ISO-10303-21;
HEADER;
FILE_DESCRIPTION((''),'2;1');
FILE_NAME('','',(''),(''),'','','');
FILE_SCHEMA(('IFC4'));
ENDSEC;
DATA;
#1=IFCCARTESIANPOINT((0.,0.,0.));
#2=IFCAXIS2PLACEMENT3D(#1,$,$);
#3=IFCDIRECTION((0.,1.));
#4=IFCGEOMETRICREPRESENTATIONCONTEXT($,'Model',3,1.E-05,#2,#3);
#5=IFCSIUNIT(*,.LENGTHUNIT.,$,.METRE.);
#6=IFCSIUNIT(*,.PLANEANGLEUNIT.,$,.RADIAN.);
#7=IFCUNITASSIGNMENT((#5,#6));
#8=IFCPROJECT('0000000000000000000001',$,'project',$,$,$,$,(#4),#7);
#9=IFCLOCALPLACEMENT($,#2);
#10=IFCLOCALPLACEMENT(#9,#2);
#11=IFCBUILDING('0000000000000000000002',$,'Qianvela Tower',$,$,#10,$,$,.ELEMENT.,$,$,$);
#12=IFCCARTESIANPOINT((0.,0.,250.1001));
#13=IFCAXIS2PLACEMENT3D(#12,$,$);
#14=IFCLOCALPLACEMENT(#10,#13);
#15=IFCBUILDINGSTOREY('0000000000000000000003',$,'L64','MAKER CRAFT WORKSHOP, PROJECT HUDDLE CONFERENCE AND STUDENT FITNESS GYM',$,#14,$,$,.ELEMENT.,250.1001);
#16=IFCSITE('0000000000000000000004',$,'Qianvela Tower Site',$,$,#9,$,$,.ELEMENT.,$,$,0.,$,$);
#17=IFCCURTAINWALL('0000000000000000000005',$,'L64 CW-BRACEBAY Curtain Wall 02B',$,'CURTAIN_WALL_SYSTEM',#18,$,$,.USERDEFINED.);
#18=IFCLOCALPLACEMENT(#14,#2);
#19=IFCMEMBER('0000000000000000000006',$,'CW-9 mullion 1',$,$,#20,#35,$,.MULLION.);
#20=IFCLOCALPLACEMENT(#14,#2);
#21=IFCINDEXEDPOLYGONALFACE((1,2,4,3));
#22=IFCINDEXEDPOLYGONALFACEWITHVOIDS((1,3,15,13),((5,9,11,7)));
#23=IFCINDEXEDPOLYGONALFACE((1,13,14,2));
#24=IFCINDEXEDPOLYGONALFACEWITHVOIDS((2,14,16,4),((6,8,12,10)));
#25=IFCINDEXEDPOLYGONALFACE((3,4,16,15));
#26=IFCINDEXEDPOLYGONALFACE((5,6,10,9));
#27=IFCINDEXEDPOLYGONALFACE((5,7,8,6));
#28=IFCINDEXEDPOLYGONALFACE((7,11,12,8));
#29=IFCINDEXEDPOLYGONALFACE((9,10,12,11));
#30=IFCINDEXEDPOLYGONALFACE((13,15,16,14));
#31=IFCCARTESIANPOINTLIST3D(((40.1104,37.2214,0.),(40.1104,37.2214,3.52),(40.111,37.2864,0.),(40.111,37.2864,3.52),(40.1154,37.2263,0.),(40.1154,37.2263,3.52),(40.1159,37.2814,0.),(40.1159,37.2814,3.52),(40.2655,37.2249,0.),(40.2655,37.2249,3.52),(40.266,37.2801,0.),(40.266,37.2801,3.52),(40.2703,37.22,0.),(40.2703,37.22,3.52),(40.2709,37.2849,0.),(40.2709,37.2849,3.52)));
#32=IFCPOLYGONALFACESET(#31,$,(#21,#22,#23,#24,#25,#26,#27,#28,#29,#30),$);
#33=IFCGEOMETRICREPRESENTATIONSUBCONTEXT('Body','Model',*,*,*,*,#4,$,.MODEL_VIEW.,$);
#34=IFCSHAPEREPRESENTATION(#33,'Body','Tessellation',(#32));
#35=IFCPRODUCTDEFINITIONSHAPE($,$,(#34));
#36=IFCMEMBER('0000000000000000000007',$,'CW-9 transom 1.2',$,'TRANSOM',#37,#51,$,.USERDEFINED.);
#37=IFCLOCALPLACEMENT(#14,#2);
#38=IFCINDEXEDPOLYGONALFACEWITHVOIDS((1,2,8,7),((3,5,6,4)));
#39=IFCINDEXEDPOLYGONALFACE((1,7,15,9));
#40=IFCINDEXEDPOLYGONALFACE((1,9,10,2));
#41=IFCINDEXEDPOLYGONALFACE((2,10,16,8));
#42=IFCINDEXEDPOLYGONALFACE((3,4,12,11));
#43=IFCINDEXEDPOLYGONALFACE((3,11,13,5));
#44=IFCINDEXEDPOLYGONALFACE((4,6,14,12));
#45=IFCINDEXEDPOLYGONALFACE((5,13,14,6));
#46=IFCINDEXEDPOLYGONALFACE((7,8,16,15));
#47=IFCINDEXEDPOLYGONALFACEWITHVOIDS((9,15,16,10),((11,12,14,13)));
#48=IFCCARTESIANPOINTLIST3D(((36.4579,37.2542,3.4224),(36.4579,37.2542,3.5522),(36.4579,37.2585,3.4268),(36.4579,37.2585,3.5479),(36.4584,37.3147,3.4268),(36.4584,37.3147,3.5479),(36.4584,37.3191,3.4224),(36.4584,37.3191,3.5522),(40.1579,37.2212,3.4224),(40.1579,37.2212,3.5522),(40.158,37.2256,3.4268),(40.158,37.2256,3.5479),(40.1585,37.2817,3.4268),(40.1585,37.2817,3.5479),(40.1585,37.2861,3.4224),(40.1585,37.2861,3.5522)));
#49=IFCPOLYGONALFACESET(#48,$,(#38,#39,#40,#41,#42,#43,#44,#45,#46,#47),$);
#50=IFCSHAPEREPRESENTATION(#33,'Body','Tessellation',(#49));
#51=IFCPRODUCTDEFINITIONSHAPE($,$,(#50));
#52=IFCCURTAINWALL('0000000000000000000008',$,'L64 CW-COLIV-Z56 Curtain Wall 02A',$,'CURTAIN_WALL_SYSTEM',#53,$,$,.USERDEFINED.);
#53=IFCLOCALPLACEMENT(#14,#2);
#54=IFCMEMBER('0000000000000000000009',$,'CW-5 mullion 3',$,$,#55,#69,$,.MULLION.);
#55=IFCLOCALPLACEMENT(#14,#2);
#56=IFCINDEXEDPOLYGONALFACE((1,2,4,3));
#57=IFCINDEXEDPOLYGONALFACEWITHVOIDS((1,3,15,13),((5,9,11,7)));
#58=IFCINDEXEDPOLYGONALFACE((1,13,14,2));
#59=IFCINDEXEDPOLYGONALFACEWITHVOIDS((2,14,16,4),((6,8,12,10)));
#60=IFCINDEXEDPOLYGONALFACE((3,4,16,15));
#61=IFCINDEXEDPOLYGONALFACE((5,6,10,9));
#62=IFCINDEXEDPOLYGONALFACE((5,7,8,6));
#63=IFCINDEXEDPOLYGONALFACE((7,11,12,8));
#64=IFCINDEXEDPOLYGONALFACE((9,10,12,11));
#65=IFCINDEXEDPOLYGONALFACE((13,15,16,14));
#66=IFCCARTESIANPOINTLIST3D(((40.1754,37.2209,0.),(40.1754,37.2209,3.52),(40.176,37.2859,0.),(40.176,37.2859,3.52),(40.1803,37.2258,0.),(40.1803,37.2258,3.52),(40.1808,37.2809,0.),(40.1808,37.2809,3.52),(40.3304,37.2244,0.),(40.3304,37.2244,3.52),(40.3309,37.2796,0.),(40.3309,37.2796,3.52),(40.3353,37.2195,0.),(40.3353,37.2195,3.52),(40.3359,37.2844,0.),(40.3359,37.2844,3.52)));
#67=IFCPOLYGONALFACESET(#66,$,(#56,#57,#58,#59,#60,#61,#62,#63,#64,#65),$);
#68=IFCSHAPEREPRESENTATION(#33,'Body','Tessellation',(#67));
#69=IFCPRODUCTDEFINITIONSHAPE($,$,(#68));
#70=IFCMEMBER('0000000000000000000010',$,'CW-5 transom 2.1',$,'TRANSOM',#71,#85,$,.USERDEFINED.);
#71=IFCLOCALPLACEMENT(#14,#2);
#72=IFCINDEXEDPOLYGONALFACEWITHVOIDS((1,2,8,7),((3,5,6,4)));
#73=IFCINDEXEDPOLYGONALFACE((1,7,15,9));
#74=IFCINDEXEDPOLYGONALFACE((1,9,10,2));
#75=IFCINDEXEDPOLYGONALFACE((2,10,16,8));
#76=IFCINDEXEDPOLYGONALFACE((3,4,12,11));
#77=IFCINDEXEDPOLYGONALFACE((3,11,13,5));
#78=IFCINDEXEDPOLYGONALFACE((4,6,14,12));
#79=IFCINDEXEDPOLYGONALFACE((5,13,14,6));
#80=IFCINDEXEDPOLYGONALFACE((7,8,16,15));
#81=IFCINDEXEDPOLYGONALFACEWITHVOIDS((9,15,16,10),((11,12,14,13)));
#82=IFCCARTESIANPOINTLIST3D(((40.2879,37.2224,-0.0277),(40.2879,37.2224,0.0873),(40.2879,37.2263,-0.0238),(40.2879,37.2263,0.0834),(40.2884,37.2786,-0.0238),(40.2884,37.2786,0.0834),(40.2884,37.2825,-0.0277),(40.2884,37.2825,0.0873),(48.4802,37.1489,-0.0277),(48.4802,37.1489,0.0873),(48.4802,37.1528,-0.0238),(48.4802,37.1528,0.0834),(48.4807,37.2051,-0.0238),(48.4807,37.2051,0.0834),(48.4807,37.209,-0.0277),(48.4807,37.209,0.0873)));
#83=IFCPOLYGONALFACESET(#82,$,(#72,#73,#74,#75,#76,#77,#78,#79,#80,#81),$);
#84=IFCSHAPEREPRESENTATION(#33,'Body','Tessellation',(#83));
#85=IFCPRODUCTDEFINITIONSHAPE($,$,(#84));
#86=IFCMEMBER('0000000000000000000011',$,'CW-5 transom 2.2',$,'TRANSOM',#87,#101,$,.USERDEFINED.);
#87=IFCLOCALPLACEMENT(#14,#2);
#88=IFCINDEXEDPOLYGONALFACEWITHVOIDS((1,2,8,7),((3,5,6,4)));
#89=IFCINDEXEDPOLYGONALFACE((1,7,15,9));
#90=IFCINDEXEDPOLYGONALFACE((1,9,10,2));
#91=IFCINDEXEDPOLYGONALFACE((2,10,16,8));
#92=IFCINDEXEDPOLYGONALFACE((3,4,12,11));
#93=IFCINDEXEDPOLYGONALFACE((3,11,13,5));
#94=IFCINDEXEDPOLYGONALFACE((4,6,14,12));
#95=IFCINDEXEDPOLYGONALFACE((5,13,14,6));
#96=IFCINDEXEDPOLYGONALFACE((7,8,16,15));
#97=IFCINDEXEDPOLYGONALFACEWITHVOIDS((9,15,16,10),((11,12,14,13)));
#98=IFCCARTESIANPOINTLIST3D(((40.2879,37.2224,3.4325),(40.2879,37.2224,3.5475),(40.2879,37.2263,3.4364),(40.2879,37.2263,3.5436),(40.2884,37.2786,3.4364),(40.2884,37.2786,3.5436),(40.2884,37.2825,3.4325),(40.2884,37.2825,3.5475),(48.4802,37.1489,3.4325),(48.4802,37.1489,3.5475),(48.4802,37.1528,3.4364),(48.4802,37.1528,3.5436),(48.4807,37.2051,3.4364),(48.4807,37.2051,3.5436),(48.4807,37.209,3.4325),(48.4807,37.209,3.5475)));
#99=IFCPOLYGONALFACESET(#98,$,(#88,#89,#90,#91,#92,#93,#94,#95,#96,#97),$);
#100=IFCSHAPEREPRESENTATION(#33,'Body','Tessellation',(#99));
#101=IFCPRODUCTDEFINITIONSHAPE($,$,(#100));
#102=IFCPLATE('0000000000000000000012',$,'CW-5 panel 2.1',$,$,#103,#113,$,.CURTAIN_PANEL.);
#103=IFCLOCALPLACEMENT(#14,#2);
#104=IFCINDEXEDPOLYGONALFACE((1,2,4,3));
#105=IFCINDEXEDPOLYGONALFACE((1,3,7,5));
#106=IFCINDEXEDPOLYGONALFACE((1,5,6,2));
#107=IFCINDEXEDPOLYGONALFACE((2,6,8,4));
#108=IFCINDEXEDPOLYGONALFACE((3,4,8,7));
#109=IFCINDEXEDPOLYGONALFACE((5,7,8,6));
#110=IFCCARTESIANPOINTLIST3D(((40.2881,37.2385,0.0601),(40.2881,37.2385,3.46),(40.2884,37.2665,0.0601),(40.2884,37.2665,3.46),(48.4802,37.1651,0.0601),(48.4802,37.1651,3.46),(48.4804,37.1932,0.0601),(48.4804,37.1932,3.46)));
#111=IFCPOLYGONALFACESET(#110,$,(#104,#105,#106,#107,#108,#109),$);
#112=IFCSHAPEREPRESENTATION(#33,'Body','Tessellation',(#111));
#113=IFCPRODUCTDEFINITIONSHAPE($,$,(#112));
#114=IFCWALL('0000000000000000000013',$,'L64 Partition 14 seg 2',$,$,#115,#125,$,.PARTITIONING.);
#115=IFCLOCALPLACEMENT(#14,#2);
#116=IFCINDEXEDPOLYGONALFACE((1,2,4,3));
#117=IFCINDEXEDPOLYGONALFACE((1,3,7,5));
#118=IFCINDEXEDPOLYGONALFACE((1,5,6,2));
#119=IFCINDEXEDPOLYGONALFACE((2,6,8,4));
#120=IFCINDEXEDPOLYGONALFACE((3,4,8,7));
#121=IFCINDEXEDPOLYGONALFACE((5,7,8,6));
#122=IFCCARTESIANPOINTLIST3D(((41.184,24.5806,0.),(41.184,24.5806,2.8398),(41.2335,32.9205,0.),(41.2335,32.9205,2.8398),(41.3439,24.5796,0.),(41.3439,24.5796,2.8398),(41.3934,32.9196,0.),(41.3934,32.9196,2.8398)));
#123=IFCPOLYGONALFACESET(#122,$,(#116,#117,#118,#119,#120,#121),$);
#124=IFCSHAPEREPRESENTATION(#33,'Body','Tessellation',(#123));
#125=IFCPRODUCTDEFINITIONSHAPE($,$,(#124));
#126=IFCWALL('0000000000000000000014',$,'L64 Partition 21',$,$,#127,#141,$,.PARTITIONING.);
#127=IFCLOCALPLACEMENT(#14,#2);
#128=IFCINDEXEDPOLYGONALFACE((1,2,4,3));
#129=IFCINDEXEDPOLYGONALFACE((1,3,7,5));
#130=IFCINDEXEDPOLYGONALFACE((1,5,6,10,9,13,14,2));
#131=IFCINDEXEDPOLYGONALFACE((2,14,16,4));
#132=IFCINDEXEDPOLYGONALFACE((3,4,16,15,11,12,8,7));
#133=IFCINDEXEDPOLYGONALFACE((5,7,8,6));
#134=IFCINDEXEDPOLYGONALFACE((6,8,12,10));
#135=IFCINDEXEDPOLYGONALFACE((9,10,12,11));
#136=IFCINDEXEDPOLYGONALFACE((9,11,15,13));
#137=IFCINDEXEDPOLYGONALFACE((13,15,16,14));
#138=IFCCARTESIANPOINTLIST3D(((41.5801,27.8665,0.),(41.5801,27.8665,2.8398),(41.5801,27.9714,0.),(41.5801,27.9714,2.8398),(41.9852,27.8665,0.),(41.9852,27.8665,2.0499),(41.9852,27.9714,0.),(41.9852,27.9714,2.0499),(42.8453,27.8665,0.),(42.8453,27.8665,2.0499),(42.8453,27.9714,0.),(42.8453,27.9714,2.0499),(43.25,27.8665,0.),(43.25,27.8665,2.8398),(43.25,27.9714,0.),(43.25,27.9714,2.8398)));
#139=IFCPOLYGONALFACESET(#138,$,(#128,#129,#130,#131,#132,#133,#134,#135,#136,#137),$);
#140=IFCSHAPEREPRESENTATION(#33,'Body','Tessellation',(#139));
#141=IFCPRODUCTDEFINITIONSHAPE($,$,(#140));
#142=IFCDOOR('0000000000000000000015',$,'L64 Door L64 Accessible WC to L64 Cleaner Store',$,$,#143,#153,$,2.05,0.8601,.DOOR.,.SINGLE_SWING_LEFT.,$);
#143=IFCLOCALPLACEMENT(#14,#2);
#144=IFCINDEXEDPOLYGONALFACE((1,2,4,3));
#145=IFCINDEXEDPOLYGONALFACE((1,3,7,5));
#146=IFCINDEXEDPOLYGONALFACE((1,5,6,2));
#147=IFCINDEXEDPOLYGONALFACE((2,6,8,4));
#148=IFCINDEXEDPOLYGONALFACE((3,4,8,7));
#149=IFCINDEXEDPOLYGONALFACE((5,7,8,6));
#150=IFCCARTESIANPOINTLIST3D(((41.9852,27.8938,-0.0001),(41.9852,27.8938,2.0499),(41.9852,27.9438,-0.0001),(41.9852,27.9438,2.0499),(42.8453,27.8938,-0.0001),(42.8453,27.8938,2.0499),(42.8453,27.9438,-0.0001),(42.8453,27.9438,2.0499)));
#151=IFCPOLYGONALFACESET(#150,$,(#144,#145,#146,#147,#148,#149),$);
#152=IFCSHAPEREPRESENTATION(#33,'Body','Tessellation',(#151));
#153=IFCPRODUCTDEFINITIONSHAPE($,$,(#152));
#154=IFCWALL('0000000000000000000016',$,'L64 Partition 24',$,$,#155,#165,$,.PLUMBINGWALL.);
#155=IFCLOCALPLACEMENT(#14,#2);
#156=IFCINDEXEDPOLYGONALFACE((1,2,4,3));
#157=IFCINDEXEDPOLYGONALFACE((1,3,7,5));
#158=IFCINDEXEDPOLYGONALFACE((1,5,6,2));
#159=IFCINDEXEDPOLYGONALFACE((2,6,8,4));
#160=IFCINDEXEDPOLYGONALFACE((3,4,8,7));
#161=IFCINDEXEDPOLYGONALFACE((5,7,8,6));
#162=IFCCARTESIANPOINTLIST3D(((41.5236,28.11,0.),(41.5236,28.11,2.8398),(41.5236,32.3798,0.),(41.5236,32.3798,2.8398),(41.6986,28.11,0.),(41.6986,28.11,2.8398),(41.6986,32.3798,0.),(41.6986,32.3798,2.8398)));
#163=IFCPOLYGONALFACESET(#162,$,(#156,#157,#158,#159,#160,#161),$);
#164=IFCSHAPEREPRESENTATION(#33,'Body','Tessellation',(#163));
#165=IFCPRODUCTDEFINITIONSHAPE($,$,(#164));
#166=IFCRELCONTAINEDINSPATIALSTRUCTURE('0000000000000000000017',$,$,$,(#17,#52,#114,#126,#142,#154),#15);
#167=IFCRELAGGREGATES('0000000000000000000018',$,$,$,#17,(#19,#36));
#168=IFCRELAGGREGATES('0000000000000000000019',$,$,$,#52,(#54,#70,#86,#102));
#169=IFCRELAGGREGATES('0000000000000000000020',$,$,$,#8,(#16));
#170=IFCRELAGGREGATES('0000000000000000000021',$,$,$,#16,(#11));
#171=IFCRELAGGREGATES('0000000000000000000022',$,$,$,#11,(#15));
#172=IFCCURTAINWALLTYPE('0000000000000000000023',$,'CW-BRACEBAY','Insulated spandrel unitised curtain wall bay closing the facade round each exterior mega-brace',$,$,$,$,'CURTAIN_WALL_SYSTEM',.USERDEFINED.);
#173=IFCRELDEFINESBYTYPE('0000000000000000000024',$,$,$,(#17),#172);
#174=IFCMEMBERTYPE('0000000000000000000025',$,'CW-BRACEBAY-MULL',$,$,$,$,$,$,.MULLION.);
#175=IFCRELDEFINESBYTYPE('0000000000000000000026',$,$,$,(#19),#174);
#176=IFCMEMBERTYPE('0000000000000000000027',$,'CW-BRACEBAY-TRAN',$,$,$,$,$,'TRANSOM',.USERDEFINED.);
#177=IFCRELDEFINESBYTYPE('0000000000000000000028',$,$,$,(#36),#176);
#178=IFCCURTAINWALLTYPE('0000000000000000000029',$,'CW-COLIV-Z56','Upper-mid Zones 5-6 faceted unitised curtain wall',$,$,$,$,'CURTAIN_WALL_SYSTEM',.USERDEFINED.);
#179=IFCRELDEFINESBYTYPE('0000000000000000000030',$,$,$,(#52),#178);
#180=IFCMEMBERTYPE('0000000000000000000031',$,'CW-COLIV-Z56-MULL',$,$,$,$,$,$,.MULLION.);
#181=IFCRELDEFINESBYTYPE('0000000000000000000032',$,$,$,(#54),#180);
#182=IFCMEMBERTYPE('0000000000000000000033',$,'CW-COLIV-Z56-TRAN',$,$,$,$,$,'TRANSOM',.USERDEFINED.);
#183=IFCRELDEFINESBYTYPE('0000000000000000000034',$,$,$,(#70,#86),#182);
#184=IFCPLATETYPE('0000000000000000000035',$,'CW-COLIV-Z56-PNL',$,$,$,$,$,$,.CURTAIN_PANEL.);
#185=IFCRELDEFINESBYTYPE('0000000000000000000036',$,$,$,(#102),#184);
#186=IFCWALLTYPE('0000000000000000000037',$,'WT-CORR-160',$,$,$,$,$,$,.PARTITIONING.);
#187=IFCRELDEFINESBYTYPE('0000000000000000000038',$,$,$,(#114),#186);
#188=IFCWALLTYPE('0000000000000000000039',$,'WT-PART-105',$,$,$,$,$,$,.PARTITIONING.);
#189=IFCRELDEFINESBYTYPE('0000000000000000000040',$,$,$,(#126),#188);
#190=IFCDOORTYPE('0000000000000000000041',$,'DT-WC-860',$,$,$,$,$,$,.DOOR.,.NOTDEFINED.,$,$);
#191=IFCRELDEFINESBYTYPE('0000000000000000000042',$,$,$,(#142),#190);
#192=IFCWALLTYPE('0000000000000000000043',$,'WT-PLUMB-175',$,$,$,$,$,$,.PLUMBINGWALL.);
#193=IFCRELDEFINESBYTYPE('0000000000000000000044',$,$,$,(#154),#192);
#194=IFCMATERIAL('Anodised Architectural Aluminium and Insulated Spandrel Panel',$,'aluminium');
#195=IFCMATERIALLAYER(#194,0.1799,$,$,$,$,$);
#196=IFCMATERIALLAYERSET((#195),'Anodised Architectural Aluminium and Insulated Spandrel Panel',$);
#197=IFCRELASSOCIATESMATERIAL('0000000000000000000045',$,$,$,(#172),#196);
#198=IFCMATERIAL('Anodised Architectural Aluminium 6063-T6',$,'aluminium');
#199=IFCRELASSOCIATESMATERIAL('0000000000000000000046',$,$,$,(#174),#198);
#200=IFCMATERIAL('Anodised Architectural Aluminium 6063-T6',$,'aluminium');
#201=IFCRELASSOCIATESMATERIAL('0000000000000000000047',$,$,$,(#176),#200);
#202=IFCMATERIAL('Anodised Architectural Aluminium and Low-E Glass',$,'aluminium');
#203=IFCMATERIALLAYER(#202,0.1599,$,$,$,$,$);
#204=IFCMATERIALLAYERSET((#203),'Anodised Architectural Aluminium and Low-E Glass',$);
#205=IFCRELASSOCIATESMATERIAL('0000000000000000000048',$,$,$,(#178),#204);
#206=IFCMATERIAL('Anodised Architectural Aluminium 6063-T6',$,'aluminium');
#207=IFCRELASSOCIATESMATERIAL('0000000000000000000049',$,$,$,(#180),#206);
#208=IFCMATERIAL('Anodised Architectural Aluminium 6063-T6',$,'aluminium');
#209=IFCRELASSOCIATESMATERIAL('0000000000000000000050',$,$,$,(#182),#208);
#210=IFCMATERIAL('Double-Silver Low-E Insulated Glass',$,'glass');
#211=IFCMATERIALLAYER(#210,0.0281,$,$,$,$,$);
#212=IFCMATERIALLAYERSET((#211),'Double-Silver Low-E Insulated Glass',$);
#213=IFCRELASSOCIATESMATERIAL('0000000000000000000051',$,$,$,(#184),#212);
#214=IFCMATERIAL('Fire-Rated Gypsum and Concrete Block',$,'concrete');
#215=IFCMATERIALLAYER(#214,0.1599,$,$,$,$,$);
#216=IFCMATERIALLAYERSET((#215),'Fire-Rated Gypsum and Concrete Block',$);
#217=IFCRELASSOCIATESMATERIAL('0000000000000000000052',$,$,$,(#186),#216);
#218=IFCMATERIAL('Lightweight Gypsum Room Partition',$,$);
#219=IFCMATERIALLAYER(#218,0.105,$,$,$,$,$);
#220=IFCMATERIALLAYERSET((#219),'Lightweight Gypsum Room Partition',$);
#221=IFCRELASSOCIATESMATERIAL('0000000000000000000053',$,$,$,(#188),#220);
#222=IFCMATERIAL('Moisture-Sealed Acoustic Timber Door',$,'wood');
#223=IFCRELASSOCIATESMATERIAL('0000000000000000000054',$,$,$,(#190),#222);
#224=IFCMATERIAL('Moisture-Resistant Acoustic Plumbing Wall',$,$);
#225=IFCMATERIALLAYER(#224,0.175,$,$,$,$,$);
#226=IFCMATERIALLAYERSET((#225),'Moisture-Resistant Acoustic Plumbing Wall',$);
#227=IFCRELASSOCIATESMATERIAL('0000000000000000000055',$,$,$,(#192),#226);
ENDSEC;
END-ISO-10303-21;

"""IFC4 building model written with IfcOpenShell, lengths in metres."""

from ifc_helpers import new_model, si_unit, direction, frame, frame_2d, origin, origin_2d, place, context, subcontext, project, spatial, rectangle, hollow_rectangle, extrude, material, layer, layer_set, material_profile, profile_set, type_object, element, fill, aggregate, save


model = new_model("IFC4")

# Units and contexts
model_context = context("Model", 3, precision=1e-05, world=origin(), true_north=direction((0.0, 1.0)))
body_context = subcontext(model_context, "Body", "Model", "MODEL_VIEW")
ifc_project = project(units=[si_unit("LENGTHUNIT", "METRE"), si_unit("PLANEANGLEUNIT", "RADIAN")], contexts=[model_context])

# Site, building, storey
site_placement = place(None, origin())
site = spatial("IfcSite", under=ifc_project, at=site_placement, Name="Qianvela Tower Site", CompositionType="ELEMENT", RefElevation=0.0)
building_placement = place(site_placement, origin())
building = spatial("IfcBuilding", under=site, at=building_placement, Name="Qianvela Tower", CompositionType="ELEMENT")
storey_placement = place(building_placement, frame((0.0, 0.0, 250.1001)))
storey = spatial("IfcBuildingStorey", under=building, at=storey_placement, Name="L64", Description="MAKER CRAFT WORKSHOP, PROJECT HUDDLE CONFERENCE AND STUDENT FITNESS GYM", CompositionType="ELEMENT", Elevation=250.1001)

# Curtain wall, members
ifc_material_1 = material(Name="Anodised Architectural Aluminium and Insulated Spandrel Panel", Category="aluminium")
ifc_layer_1 = layer(ifc_material_1, 0.1799)
ifc_layer_set_1 = layer_set([ifc_layer_1], Name="Anodised Architectural Aluminium and Insulated Spandrel Panel")
curtain_wall_type_1 = type_object("IfcCurtainWallType", Name="CW-BRACEBAY", Description="Insulated spandrel unitised curtain wall bay closing the facade round each exterior mega-brace", ElementType="CURTAIN_WALL_SYSTEM", PredefinedType="USERDEFINED", material=ifc_layer_set_1)
curtain_wall_1_placement = place(storey_placement, origin())
curtain_wall_1 = element("IfcCurtainWall", 1, at=curtain_wall_1_placement, inside=storey, type_object=curtain_wall_type_1, Name="L64 CW-BRACEBAY Curtain Wall 02B", ObjectType="CURTAIN_WALL_SYSTEM", PredefinedType="USERDEFINED")
ifc_material_2 = material(Name="Anodised Architectural Aluminium 6063-T6", Category="aluminium")
ifc_material_profile_1 = material_profile(ifc_material_2, hollow_rectangle(XDim=0.0649, YDim=0.1599, WallThickness=0.0049, at=origin_2d()), Name="ALU-MULL-65x160")
ifc_profile_set_1 = profile_set([ifc_material_profile_1], Name="Anodised Architectural Aluminium 6063-T6")
member_type_1 = type_object("IfcMemberType", Name="CW-BRACEBAY-MULL", PredefinedType="MULLION", material=ifc_profile_set_1)
member_1_placement = place(storey_placement, frame((40.1907, 37.2532, 0.0), z_axis=(0.0, 0.0, 1.0), x_axis=(-0.008955, -0.99996, 0.0)))
member_1 = element("IfcMember", 2, at=member_1_placement, type_object=member_type_1, Name="CW-9 mullion 1", PredefinedType="MULLION", context=body_context, shape_type="SweptSolid", body=[
    extrude(hollow_rectangle(XDim=0.0649, YDim=0.1599, WallThickness=0.0049, at=origin_2d()), origin(), (0.0, 0.0, 1.0), 3.52),
])
ifc_material_3 = material(Name="Anodised Architectural Aluminium 6063-T6", Category="aluminium")
ifc_material_profile_2 = material_profile(ifc_material_3, hollow_rectangle(XDim=0.0649, YDim=0.1299, WallThickness=0.0044, at=origin_2d()), Name="ALU-TRAN-65x130")
ifc_profile_set_2 = profile_set([ifc_material_profile_2], Name="Anodised Architectural Aluminium 6063-T6")
member_type_2 = type_object("IfcMemberType", Name="CW-BRACEBAY-TRAN", ElementType="TRANSOM", PredefinedType="USERDEFINED", material=ifc_profile_set_2)
member_2_placement = place(storey_placement, frame((40.1582, 37.2537, 3.4873), z_axis=(-0.99996, 0.008908, 0.0), x_axis=(-0.008908, -0.99996, 0.0)))
member_2 = element("IfcMember", 3, at=member_2_placement, type_object=member_type_2, Name="CW-9 transom 1.2", ObjectType="TRANSOM", PredefinedType="USERDEFINED", context=body_context, shape_type="SweptSolid", body=[
    extrude(hollow_rectangle(XDim=0.0649, YDim=0.1299, WallThickness=0.0044, at=origin_2d()), origin(), (0.0, 0.0, 1.0), 3.7002),
])
aggregate(curtain_wall_1, [member_1, member_2])

# Curtain wall, members, plate
ifc_material_4 = material(Name="Anodised Architectural Aluminium and Low-E Glass", Category="aluminium")
ifc_layer_2 = layer(ifc_material_4, 0.1599)
ifc_layer_set_2 = layer_set([ifc_layer_2], Name="Anodised Architectural Aluminium and Low-E Glass")
curtain_wall_type_2 = type_object("IfcCurtainWallType", Name="CW-COLIV-Z56", Description="Upper-mid Zones 5-6 faceted unitised curtain wall", ElementType="CURTAIN_WALL_SYSTEM", PredefinedType="USERDEFINED", material=ifc_layer_set_2)
curtain_wall_2_placement = place(storey_placement, origin())
curtain_wall_2 = element("IfcCurtainWall", 4, at=curtain_wall_2_placement, inside=storey, type_object=curtain_wall_type_2, Name="L64 CW-COLIV-Z56 Curtain Wall 02A", ObjectType="CURTAIN_WALL_SYSTEM", PredefinedType="USERDEFINED")
ifc_material_5 = material(Name="Anodised Architectural Aluminium 6063-T6", Category="aluminium")
ifc_material_profile_3 = material_profile(ifc_material_5, hollow_rectangle(XDim=0.0649, YDim=0.1599, WallThickness=0.0049, at=origin_2d()), Name="ALU-MULL-65x160")
ifc_profile_set_3 = profile_set([ifc_material_profile_3], Name="Anodised Architectural Aluminium 6063-T6")
member_type_3 = type_object("IfcMemberType", Name="CW-COLIV-Z56-MULL", PredefinedType="MULLION", material=ifc_profile_set_3)
member_3_placement = place(storey_placement, frame((40.2556, 37.2527, 0.0), z_axis=(0.0, 0.0, 1.0), x_axis=(-0.008957, -0.99996, 0.0)))
member_3 = element("IfcMember", 5, at=member_3_placement, type_object=member_type_3, Name="CW-5 mullion 3", PredefinedType="MULLION", context=body_context, shape_type="SweptSolid", body=[
    extrude(hollow_rectangle(XDim=0.0649, YDim=0.1599, WallThickness=0.0049, at=origin_2d()), origin(), (0.0, 0.0, 1.0), 3.52),
])
ifc_material_6 = material(Name="Anodised Architectural Aluminium 6063-T6", Category="aluminium")
ifc_material_profile_4 = material_profile(ifc_material_6, hollow_rectangle(XDim=0.0601, YDim=0.115, WallThickness=0.0039, at=origin_2d()), Name="ALU-TRAN-60x115")
ifc_profile_set_4 = profile_set([ifc_material_profile_4], Name="Anodised Architectural Aluminium 6063-T6")
member_type_4 = type_object("IfcMemberType", Name="CW-COLIV-Z56-TRAN", ElementType="TRANSOM", PredefinedType="USERDEFINED", material=ifc_profile_set_4)
member_4_placement = place(storey_placement, frame((48.4805, 37.179, 0.0298), z_axis=(-0.99996, 0.00897, 0.0), x_axis=(-0.00897, -0.99996, 0.0)))
member_4 = element("IfcMember", 6, at=member_4_placement, type_object=member_type_4, Name="CW-5 transom 2.1", ObjectType="TRANSOM", PredefinedType="USERDEFINED", context=body_context, shape_type="SweptSolid", body=[
    extrude(hollow_rectangle(XDim=0.0601, YDim=0.115, WallThickness=0.0039, at=origin_2d()), origin(), (0.0, 0.0, 1.0), 8.1926),
])
member_5_placement = place(storey_placement, frame((48.4805, 37.179, 3.49), z_axis=(-0.99996, 0.00897, 0.0), x_axis=(-0.00897, -0.99996, 0.0)))
member_5 = element("IfcMember", 7, at=member_5_placement, type_object=member_type_4, Name="CW-5 transom 2.2", ObjectType="TRANSOM", PredefinedType="USERDEFINED", context=body_context, shape_type="SweptSolid", body=[
    extrude(hollow_rectangle(XDim=0.0601, YDim=0.115, WallThickness=0.0039, at=origin_2d()), origin(), (0.0, 0.0, 1.0), 8.1926),
])
ifc_material_7 = material(Name="Double-Silver Low-E Insulated Glass", Category="glass")
ifc_layer_3 = layer(ifc_material_7, 0.0281)
ifc_layer_set_3 = layer_set([ifc_layer_3], Name="Double-Silver Low-E Insulated Glass")
plate_type = type_object("IfcPlateType", Name="CW-COLIV-Z56-PNL", PredefinedType="CURTAIN_PANEL", material=ifc_layer_set_3)
plate_placement = place(storey_placement, frame((44.3843, 37.2158, 0.0601), z_axis=(0.0, 0.0, 1.0), x_axis=(-0.99996, 0.008957, 0.0)))
plate = element("IfcPlate", 8, at=plate_placement, type_object=plate_type, Name="CW-5 panel 2.1", PredefinedType="CURTAIN_PANEL", context=body_context, shape_type="SweptSolid", body=[
    extrude(rectangle(XDim=8.1924, YDim=0.0281, at=origin_2d()), origin(), (0.0, 0.0, 1.0), 3.3999),
])
aggregate(curtain_wall_2, [member_3, member_4, member_5, plate])

# Wall
ifc_material_8 = material(Name="Fire-Rated Gypsum and Concrete Block", Category="concrete")
ifc_layer_4 = layer(ifc_material_8, 0.1599)
ifc_layer_set_4 = layer_set([ifc_layer_4], Name="Fire-Rated Gypsum and Concrete Block")
wall_type_1 = type_object("IfcWallType", Name="WT-CORR-160", PredefinedType="PARTITIONING", material=ifc_layer_set_4)
wall_1_placement = place(storey_placement, frame((41.3135, 32.9199, 0.0), z_axis=(0.0, 0.0, 1.0), x_axis=(-0.005943, -0.999982, 0.0)))
element("IfcWall", 9, at=wall_1_placement, inside=storey, type_object=wall_type_1, Name="L64 Partition 14 seg 2", PredefinedType="PARTITIONING", context=body_context, shape_type="SweptSolid", body=[
    extrude(rectangle(XDim=8.3401, YDim=0.1599, at=frame_2d((4.1699, 0.0))), origin(), (0.0, 0.0, 1.0), 2.8398),
])

# Wall, opening, door
ifc_material_9 = material(Name="Lightweight Gypsum Room Partition")
ifc_layer_5 = layer(ifc_material_9, 0.105)
ifc_layer_set_5 = layer_set([ifc_layer_5], Name="Lightweight Gypsum Room Partition")
wall_type_2 = type_object("IfcWallType", Name="WT-PART-105", PredefinedType="PARTITIONING", material=ifc_layer_set_5)
wall_2_placement = place(storey_placement, frame((41.5801, 27.9189, 0.0), z_axis=(0.0, 0.0, 1.0), x_axis=(1.0, 0.0, 0.0)))
wall_2 = element("IfcWall", 10, at=wall_2_placement, inside=storey, type_object=wall_type_2, Name="L64 Partition 21", PredefinedType="PARTITIONING", context=body_context, shape_type="SweptSolid", body=[
    extrude(rectangle(XDim=1.6699, YDim=0.105, at=frame_2d((0.835, 0.0))), origin(), (0.0, 0.0, 1.0), 2.8398),
])
opening_1_placement = place(wall_2_placement, frame((0.405, 0.0, 0.0)))
opening_1 = element("IfcOpeningElement", 11, at=opening_1_placement, cuts=wall_2, PredefinedType="OPENING", context=body_context, shape_type="SweptSolid", body=[
    extrude(rectangle(XDim=0.8601, YDim=2.05, at=frame_2d((0.4302, 1.0249))), frame((0.0, 0.0625, 0.0), z_axis=(0.0, -1.0, 0.0), x_axis=(1.0, 0.0, 0.0)), (0.0, 0.0, 1.0), 0.125),
])
ifc_material_10 = material(Name="Moisture-Sealed Acoustic Timber Door", Category="wood")
door_type_1 = type_object("IfcDoorType", Name="DT-WC-860", OperationType="NOTDEFINED", PredefinedType="DOOR", material=ifc_material_10)
door_1_placement = place(opening_1_placement, origin())
door_1 = element("IfcDoor", 12, at=door_1_placement, inside=storey, type_object=door_type_1, Name="L64 Door L64 Accessible WC to L64 Cleaner Store", OperationType="SINGLE_SWING_LEFT", OverallHeight=2.05, OverallWidth=0.8601, PredefinedType="DOOR", context=body_context, shape_type="SweptSolid", body=[
    extrude(rectangle(XDim=0.8601, YDim=2.05, at=frame_2d((0.4302, 1.0249))), frame((0.0, 0.0249, 0.0), z_axis=(0.0, -1.0, 0.0), x_axis=(1.0, 0.0, 0.0)), (0.0, 0.0, 1.0), 0.05),
])
fill(opening_1, door_1)

# Wall
ifc_material_11 = material(Name="Moisture-Resistant Acoustic Plumbing Wall")
ifc_layer_6 = layer(ifc_material_11, 0.175)
ifc_layer_set_6 = layer_set([ifc_layer_6], Name="Moisture-Resistant Acoustic Plumbing Wall")
wall_type_3 = type_object("IfcWallType", Name="WT-PLUMB-175", PredefinedType="PLUMBINGWALL", material=ifc_layer_set_6)
wall_3_placement = place(storey_placement, frame((41.6111, 28.1101, 0.0), z_axis=(0.0, 0.0, 1.0), x_axis=(0.0, 1.0, 0.0)))
element("IfcWall", 13, at=wall_3_placement, inside=storey, type_object=wall_type_3, Name="L64 Partition 24", PredefinedType="PLUMBINGWALL", context=body_context, shape_type="SweptSolid", body=[
    extrude(rectangle(XDim=4.2698, YDim=0.175, at=frame_2d((2.1348, 0.0))), origin(), (0.0, 0.0, 1.0), 2.8398),
])

save(model, "model.ifc")
